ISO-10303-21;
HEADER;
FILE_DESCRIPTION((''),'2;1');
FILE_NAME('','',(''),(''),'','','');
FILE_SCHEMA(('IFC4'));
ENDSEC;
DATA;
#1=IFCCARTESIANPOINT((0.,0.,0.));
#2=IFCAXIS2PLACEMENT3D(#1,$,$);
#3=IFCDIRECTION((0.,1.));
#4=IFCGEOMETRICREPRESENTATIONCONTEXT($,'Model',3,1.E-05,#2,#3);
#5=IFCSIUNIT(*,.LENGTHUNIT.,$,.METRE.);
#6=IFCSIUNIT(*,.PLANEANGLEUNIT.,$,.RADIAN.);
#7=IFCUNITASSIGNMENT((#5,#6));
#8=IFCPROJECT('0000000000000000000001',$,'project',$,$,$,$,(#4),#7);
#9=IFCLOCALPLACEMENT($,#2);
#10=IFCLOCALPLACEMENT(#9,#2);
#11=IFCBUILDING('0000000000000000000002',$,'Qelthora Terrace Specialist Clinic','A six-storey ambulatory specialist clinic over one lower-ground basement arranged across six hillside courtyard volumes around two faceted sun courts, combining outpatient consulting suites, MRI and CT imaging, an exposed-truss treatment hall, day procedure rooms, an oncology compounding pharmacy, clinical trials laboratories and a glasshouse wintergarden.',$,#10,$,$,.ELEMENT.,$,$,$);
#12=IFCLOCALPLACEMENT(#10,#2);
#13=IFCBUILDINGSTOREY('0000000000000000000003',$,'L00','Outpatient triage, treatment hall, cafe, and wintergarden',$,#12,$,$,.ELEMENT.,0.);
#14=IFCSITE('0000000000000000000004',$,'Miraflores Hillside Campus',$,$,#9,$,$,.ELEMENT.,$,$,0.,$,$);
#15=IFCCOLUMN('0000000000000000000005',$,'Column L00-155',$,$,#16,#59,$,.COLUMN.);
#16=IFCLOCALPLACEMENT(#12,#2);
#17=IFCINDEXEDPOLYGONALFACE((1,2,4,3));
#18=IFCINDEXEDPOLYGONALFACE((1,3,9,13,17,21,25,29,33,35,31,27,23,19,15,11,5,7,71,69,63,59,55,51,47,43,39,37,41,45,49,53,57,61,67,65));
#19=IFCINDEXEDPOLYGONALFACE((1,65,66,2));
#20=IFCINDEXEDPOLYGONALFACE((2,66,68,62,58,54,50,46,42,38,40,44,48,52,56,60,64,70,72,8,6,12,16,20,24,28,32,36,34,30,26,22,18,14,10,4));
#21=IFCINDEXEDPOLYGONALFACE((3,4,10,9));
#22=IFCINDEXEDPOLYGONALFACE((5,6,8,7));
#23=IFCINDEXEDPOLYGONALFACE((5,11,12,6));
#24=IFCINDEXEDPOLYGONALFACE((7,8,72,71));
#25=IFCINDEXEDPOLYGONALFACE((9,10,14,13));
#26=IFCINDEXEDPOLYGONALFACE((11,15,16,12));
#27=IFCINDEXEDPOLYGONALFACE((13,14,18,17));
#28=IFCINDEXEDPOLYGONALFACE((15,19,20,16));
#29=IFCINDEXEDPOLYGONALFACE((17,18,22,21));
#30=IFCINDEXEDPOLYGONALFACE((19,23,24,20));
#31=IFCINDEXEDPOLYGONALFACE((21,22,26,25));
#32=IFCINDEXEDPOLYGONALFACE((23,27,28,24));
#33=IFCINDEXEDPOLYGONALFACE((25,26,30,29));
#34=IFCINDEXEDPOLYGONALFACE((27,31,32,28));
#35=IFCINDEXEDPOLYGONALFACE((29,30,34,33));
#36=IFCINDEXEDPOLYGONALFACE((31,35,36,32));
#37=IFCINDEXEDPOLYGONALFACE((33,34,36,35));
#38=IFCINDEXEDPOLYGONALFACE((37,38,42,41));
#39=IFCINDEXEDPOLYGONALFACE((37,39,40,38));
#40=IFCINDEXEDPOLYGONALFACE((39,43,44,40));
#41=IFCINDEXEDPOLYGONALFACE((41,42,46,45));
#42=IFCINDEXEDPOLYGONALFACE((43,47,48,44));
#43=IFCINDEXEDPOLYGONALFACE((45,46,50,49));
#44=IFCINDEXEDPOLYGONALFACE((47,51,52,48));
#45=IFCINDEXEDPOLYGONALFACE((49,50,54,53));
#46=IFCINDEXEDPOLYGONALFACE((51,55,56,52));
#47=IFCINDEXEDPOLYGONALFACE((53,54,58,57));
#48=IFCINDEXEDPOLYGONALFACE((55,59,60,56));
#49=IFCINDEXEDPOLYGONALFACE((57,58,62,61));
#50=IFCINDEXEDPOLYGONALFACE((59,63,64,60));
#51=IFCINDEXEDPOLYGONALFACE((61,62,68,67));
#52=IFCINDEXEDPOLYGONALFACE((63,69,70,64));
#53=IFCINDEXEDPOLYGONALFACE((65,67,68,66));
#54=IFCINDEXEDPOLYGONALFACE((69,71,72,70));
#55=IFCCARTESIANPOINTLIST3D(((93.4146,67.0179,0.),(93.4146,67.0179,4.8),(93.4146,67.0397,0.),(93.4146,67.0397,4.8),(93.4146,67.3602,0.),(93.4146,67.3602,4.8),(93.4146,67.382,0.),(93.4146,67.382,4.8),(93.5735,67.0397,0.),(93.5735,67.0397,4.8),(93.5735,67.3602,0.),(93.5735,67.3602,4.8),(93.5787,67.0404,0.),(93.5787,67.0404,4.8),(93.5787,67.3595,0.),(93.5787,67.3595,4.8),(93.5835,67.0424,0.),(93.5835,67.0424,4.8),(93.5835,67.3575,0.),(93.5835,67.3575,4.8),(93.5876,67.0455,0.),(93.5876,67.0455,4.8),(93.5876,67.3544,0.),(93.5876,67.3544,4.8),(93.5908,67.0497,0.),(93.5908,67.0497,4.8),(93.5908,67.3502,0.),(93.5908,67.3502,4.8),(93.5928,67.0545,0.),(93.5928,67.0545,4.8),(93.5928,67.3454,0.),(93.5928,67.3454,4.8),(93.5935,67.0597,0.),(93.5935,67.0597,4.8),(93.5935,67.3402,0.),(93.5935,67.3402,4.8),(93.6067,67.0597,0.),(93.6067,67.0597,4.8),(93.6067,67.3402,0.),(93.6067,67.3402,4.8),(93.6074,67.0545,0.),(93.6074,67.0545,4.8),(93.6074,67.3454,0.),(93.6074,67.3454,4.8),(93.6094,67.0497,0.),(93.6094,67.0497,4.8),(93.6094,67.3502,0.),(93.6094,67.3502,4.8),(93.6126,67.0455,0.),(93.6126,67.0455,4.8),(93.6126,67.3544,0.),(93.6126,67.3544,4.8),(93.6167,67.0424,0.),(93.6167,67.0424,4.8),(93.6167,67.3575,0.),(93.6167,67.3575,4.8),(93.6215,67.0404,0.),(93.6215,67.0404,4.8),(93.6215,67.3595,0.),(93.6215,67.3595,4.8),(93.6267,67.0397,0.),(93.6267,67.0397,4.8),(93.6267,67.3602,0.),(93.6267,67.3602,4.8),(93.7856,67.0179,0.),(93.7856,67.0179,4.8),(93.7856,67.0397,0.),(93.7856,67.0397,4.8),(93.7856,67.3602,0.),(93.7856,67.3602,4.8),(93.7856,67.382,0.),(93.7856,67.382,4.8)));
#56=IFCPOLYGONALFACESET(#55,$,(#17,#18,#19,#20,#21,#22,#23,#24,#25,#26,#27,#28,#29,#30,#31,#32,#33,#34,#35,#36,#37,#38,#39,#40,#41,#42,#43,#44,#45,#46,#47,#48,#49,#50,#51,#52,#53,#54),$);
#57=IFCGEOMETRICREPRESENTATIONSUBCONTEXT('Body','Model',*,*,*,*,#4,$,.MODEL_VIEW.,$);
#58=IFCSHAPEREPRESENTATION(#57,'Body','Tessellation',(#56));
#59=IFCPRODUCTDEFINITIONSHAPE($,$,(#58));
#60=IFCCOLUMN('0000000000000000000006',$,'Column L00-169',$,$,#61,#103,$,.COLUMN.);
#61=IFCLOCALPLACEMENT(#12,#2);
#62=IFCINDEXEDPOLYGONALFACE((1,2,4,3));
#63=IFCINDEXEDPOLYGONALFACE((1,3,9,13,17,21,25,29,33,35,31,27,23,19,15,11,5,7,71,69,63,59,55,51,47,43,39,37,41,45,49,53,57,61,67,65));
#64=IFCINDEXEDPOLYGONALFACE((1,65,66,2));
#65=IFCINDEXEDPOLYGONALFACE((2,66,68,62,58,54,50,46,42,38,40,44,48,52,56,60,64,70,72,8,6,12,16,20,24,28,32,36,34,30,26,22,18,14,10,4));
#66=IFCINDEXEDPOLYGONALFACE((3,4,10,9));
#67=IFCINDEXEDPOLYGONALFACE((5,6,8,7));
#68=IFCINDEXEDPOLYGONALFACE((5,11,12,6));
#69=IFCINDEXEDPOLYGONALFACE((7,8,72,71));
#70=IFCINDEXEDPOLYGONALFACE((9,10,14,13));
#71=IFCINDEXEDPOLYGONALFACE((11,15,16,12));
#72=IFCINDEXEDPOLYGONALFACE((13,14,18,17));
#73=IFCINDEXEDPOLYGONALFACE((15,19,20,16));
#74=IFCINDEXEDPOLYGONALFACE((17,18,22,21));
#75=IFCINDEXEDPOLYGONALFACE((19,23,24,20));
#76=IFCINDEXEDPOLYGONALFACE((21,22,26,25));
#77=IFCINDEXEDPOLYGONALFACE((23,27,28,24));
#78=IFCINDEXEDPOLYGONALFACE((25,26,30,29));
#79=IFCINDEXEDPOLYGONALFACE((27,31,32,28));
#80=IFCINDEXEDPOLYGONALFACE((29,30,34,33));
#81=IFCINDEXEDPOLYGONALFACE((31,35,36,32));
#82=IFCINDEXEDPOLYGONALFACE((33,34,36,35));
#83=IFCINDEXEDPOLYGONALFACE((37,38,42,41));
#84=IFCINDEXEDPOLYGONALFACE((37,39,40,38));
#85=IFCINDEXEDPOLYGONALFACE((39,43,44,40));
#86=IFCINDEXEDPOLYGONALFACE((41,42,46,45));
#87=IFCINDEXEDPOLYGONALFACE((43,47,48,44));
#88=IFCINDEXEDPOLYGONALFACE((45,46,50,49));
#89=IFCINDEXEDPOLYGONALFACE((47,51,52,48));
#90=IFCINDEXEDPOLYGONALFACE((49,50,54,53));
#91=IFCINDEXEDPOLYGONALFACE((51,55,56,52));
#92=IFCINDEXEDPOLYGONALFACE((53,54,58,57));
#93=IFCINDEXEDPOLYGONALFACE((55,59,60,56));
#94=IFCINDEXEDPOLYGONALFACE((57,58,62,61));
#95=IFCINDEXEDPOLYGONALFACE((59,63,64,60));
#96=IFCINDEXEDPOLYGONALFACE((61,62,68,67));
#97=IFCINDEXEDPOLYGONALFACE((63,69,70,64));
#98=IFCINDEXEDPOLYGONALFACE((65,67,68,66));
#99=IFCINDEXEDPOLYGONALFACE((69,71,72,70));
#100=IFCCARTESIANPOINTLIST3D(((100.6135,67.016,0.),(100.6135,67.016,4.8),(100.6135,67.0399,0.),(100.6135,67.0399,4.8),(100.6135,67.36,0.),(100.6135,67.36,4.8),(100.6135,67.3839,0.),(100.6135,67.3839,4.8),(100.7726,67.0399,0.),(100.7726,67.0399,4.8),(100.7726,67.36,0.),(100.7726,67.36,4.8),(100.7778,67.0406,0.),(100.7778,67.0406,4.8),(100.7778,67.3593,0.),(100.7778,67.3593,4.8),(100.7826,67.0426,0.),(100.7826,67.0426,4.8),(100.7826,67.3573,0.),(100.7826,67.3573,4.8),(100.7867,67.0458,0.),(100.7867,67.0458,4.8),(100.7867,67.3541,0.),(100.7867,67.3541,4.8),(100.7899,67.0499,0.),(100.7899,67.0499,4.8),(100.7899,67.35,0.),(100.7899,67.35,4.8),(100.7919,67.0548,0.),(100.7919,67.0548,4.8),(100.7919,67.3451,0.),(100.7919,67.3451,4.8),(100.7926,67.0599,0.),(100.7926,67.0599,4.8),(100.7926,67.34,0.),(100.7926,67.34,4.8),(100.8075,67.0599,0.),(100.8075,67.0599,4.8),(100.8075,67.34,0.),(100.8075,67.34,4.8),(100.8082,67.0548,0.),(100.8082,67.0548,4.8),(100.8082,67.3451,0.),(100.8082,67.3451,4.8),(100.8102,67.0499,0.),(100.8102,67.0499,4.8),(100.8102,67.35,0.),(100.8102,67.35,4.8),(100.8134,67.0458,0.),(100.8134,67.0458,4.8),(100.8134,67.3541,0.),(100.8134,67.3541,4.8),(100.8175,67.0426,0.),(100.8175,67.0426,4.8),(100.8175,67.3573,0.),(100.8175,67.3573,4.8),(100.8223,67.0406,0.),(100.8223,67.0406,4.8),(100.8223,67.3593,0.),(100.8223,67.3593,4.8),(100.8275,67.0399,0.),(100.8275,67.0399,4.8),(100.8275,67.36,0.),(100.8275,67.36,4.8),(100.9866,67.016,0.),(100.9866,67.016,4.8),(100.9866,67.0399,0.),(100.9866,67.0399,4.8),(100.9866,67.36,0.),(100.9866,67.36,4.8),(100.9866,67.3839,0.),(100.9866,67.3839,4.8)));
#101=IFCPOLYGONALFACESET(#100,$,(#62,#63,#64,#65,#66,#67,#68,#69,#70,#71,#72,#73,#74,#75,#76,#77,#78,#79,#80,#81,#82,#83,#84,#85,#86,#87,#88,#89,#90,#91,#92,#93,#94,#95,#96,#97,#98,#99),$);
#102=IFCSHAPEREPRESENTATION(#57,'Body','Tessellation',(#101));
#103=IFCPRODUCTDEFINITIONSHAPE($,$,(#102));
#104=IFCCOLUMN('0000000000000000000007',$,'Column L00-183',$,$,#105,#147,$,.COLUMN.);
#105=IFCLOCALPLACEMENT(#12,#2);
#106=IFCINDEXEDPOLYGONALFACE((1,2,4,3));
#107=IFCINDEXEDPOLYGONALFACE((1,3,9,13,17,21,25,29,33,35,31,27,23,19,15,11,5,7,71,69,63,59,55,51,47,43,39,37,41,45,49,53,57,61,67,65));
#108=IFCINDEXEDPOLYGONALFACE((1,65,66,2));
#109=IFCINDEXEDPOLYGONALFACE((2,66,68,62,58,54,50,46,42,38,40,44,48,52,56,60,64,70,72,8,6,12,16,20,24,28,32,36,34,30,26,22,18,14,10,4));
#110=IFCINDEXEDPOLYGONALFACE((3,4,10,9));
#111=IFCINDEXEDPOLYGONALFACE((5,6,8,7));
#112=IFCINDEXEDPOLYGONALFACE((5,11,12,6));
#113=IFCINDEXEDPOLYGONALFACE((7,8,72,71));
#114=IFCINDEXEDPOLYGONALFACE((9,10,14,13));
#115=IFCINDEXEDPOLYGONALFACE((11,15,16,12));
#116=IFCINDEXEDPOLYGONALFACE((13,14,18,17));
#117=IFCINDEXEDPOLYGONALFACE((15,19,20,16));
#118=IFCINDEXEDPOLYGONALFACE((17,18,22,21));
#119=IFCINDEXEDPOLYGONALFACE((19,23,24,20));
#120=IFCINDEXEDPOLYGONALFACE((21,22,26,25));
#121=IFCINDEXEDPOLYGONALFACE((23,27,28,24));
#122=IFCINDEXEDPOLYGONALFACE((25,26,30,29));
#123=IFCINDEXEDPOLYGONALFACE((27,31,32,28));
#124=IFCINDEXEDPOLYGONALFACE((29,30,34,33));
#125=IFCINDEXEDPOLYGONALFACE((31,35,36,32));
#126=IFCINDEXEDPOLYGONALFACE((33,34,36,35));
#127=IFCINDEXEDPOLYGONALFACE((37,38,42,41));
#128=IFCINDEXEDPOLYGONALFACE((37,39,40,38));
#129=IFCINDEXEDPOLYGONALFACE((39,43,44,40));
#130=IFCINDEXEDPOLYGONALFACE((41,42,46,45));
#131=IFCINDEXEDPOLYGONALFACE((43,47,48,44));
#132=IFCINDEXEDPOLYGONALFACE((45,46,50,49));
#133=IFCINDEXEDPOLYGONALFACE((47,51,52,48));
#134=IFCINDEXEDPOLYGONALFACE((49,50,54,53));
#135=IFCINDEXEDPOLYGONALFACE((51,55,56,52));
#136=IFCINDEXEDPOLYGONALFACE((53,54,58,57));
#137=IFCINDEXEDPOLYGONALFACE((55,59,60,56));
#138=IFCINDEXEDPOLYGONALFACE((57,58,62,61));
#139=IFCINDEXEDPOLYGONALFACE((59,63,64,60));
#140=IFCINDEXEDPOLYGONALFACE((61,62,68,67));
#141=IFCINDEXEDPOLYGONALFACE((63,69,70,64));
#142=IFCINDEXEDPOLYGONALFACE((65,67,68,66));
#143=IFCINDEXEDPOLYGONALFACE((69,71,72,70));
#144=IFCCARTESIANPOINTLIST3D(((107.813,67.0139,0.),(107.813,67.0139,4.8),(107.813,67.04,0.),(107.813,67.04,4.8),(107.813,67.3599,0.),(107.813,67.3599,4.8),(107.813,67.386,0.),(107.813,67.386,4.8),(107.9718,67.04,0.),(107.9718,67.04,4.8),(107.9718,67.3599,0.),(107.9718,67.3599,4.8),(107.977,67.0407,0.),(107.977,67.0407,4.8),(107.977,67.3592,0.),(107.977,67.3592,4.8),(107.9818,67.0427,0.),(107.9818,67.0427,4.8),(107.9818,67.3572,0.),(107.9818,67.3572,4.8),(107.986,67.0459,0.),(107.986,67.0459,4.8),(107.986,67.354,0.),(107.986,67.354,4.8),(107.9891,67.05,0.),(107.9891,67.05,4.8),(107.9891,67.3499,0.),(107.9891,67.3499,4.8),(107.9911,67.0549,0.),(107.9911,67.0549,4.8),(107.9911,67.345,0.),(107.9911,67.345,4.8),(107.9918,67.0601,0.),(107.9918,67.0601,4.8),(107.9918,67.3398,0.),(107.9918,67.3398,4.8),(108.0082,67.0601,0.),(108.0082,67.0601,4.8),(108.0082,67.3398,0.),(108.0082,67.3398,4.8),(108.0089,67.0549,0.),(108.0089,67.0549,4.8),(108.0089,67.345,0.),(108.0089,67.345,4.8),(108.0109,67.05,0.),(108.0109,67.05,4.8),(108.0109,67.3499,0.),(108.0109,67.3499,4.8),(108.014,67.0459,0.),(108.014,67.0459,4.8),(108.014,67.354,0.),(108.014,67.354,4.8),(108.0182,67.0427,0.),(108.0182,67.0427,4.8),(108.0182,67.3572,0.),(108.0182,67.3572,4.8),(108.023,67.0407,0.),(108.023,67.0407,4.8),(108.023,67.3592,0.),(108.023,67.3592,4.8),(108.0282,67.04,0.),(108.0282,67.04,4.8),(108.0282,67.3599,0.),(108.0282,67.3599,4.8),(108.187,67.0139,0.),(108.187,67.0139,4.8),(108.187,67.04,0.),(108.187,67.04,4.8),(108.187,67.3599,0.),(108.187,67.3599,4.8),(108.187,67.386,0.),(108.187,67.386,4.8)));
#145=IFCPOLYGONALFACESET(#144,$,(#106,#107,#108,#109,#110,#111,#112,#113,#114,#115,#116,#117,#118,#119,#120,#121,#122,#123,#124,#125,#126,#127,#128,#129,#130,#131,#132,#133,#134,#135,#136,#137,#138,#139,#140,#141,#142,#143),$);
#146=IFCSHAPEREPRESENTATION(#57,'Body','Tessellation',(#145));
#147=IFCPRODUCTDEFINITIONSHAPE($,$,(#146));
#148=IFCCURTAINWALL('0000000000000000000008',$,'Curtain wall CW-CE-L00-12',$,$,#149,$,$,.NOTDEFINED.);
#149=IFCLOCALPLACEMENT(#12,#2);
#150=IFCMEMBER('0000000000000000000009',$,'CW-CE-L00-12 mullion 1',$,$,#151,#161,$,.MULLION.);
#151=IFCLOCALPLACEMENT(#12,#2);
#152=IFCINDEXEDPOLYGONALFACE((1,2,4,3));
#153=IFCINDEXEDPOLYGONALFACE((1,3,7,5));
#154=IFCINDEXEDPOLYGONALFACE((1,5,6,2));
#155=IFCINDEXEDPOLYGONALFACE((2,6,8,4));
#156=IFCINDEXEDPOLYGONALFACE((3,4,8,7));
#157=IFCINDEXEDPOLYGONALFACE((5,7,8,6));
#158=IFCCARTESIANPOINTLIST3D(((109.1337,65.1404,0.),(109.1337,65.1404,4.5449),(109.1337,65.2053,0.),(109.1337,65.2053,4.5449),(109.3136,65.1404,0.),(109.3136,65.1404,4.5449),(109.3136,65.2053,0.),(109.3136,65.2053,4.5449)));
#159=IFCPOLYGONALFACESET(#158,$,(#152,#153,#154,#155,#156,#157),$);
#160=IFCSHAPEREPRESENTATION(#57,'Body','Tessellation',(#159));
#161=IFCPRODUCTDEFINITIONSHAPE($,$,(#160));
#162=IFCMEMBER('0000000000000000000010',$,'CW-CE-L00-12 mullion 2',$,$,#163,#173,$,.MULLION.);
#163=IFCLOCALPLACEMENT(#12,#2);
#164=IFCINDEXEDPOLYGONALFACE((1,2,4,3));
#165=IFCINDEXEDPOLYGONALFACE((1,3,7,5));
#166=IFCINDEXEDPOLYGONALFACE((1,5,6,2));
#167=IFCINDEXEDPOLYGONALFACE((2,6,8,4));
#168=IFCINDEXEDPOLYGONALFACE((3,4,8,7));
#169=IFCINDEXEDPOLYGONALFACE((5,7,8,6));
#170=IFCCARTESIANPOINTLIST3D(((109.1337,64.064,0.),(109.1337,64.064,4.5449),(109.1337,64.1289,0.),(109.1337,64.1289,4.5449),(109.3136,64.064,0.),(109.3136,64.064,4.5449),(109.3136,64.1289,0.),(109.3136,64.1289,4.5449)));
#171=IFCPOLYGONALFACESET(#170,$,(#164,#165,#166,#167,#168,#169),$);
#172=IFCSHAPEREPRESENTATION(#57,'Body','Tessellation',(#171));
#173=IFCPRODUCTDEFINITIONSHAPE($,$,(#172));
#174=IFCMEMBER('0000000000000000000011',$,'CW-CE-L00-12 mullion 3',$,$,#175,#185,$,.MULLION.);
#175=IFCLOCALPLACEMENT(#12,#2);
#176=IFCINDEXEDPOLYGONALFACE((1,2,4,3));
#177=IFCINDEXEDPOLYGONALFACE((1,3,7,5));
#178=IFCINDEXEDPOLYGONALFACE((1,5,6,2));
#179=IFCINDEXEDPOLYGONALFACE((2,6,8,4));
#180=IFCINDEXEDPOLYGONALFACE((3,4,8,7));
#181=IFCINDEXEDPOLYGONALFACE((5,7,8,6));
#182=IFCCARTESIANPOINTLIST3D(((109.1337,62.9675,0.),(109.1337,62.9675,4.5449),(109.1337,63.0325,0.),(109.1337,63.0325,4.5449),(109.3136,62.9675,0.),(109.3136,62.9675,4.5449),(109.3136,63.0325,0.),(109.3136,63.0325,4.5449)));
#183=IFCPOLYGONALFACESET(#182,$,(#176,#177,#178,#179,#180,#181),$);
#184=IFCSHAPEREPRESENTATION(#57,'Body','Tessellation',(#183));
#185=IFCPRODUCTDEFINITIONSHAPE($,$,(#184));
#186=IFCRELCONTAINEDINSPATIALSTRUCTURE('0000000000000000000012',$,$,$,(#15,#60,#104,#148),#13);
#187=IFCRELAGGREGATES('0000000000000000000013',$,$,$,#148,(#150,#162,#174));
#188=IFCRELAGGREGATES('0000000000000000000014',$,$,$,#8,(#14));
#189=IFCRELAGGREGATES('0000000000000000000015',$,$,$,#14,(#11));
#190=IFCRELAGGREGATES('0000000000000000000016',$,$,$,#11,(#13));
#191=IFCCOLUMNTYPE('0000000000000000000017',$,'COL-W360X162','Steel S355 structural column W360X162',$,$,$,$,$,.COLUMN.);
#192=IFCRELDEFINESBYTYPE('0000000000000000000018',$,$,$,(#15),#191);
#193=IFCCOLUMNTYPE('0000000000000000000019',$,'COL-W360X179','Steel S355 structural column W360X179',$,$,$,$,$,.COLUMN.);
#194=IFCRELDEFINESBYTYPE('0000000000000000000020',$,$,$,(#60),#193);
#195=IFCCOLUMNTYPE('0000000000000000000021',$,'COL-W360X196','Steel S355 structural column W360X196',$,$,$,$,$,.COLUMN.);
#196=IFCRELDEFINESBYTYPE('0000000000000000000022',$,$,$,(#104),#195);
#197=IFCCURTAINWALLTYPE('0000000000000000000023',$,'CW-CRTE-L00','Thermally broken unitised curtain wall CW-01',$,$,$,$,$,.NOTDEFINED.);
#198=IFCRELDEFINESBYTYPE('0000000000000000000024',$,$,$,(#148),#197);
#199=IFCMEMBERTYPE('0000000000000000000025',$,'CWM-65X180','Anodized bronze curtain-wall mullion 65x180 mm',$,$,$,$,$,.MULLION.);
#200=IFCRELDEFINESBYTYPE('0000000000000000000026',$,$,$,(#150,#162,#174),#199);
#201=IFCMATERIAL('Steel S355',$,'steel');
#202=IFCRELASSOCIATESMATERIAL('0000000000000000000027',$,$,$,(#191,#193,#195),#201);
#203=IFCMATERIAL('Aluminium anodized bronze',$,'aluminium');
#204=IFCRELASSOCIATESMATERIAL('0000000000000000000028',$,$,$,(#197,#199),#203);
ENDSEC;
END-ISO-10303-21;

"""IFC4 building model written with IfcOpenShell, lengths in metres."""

from ifc_helpers import new_model, si_unit, direction, frame, origin, origin_2d, place, context, subcontext, project, spatial, rectangle, i_section, extrude, material, material_profile, profile_set, type_object, element, aggregate, save


model = new_model("IFC4")

# Units and contexts
model_context = context("Model", 3, precision=1e-05, world=origin(), true_north=direction((0.0, 1.0)))
body_context = subcontext(model_context, "Body", "Model", "MODEL_VIEW")
ifc_project = project(units=[si_unit("LENGTHUNIT", "METRE"), si_unit("PLANEANGLEUNIT", "RADIAN")], contexts=[model_context])

# Site, building, storey
site_placement = place(None, origin())
site = spatial("IfcSite", under=ifc_project, at=site_placement, Name="Miraflores Hillside Campus", CompositionType="ELEMENT", RefElevation=0.0)
building_placement = place(site_placement, origin())
building = spatial("IfcBuilding", under=site, at=building_placement, Name="Qelthora Terrace Specialist Clinic", Description="A six-storey ambulatory specialist clinic over one lower-ground basement arranged across six hillside courtyard volumes around two faceted sun courts, combining outpatient consulting suites, MRI and CT imaging, an exposed-truss treatment hall, day procedure rooms, an oncology compounding pharmacy, clinical trials laboratories and a glasshouse wintergarden.", CompositionType="ELEMENT")
storey_placement = place(building_placement, origin())
storey = spatial("IfcBuildingStorey", under=building, at=storey_placement, Name="L00", Description="Outpatient triage, treatment hall, cafe, and wintergarden", CompositionType="ELEMENT", Elevation=0.0)

# Columns
ifc_material_1 = material(Name="Steel S355", Category="steel")
ifc_material_profile_1 = material_profile(ifc_material_1, i_section(OverallWidth=0.3711, OverallDepth=0.364, WebThickness=0.0132, FlangeThickness=0.0217, FilletRadius=0.02, at=origin_2d()), Name="W360X162")
ifc_profile_set_1 = profile_set([ifc_material_profile_1], Name="Steel S355")
column_type_1 = type_object("IfcColumnType", Name="COL-W360X162", Description="Steel S355 structural column W360X162", PredefinedType="COLUMN", material=ifc_profile_set_1)
column_1_placement = place(storey_placement, frame((93.6001, 67.2, 0.0), z_axis=(0.0, 0.0, 1.0), x_axis=(1.0, 0.0, 0.0)))
element("IfcColumn", 1, at=column_1_placement, inside=storey, type_object=column_type_1, Name="Column L00-155", PredefinedType="COLUMN", context=body_context, shape_type="SweptSolid", body=[
    extrude(i_section(OverallWidth=0.3711, OverallDepth=0.364, WebThickness=0.0132, FlangeThickness=0.0217, FilletRadius=0.02, at=origin_2d()), origin(), (0.0, 0.0, 1.0), 4.8),
])
ifc_material_profile_2 = material_profile(ifc_material_1, i_section(OverallWidth=0.373, OverallDepth=0.3679, WebThickness=0.0149, FlangeThickness=0.0239, FilletRadius=0.02, at=origin_2d()), Name="W360X179")
ifc_profile_set_2 = profile_set([ifc_material_profile_2], Name="Steel S355")
column_type_2 = type_object("IfcColumnType", Name="COL-W360X179", Description="Steel S355 structural column W360X179", PredefinedType="COLUMN", material=ifc_profile_set_2)
column_2_placement = place(storey_placement, frame((100.8, 67.2, 0.0), z_axis=(0.0, 0.0, 1.0), x_axis=(1.0, 0.0, 0.0)))
element("IfcColumn", 2, at=column_2_placement, inside=storey, type_object=column_type_2, Name="Column L00-169", PredefinedType="COLUMN", context=body_context, shape_type="SweptSolid", body=[
    extrude(i_section(OverallWidth=0.373, OverallDepth=0.3679, WebThickness=0.0149, FlangeThickness=0.0239, FilletRadius=0.02, at=origin_2d()), origin(), (0.0, 0.0, 1.0), 4.8),
])
ifc_material_profile_3 = material_profile(ifc_material_1, i_section(OverallWidth=0.374, OverallDepth=0.3721, WebThickness=0.0164, FlangeThickness=0.0261, FilletRadius=0.02, at=origin_2d()), Name="W360X196")
ifc_profile_set_3 = profile_set([ifc_material_profile_3], Name="Steel S355")
column_type_3 = type_object("IfcColumnType", Name="COL-W360X196", Description="Steel S355 structural column W360X196", PredefinedType="COLUMN", material=ifc_profile_set_3)
column_3_placement = place(storey_placement, frame((108.0, 67.2, 0.0), z_axis=(0.0, 0.0, 1.0), x_axis=(1.0, 0.0, 0.0)))
element("IfcColumn", 3, at=column_3_placement, inside=storey, type_object=column_type_3, Name="Column L00-183", PredefinedType="COLUMN", context=body_context, shape_type="SweptSolid", body=[
    extrude(i_section(OverallWidth=0.374, OverallDepth=0.3721, WebThickness=0.0164, FlangeThickness=0.0261, FilletRadius=0.02, at=origin_2d()), origin(), (0.0, 0.0, 1.0), 4.8),
])

# Curtain wall, members
ifc_material_2 = material(Name="Aluminium anodized bronze", Category="aluminium")
curtain_wall_type = type_object("IfcCurtainWallType", Name="CW-CRTE-L00", Description="Thermally broken unitised curtain wall CW-01", PredefinedType="NOTDEFINED", material=ifc_material_2)
curtain_wall_placement = place(storey_placement, origin())
curtain_wall = element("IfcCurtainWall", 4, at=curtain_wall_placement, inside=storey, type_object=curtain_wall_type, Name="Curtain wall CW-CE-L00-12", PredefinedType="NOTDEFINED")
ifc_material_profile_4 = material_profile(ifc_material_2, rectangle(XDim=0.0649, YDim=0.1799, at=origin_2d()), Name="CWM65X180")
ifc_profile_set_4 = profile_set([ifc_material_profile_4], Name="Aluminium anodized bronze")
member_type_1 = type_object("IfcMemberType", Name="CWM-65X180", Description="Anodized bronze curtain-wall mullion 65x180 mm", PredefinedType="MULLION", material=ifc_profile_set_4)
member_1_placement = place(storey_placement, frame((109.2236, 65.1729, 0.0), z_axis=(0.0, 0.0, 1.0), x_axis=(0.0, -1.0, 0.0)))
member_1 = element("IfcMember", 5, at=member_1_placement, type_object=member_type_1, Name="CW-CE-L00-12 mullion 1", PredefinedType="MULLION", context=body_context, shape_type="SweptSolid", body=[
    extrude(rectangle(XDim=0.0649, YDim=0.1799, at=origin_2d()), origin(), (0.0, 0.0, 1.0), 4.5449),
])
member_2_placement = place(storey_placement, frame((109.2236, 64.0964, 0.0), z_axis=(0.0, 0.0, 1.0), x_axis=(0.0, -1.0, 0.0)))
member_2 = element("IfcMember", 6, at=member_2_placement, type_object=member_type_1, Name="CW-CE-L00-12 mullion 2", PredefinedType="MULLION", context=body_context, shape_type="SweptSolid", body=[
    extrude(rectangle(XDim=0.0649, YDim=0.1799, at=origin_2d()), origin(), (0.0, 0.0, 1.0), 4.5449),
])
member_3_placement = place(storey_placement, frame((109.2236, 63.0, 0.0), z_axis=(0.0, 0.0, 1.0), x_axis=(0.0, -1.0, 0.0)))
member_3 = element("IfcMember", 7, at=member_3_placement, type_object=member_type_1, Name="CW-CE-L00-12 mullion 3", PredefinedType="MULLION", context=body_context, shape_type="SweptSolid", body=[
    extrude(rectangle(XDim=0.0649, YDim=0.1799, at=origin_2d()), origin(), (0.0, 0.0, 1.0), 4.5449),
])
aggregate(curtain_wall, [member_1, member_2, member_3])

save(model, "model.ifc")
